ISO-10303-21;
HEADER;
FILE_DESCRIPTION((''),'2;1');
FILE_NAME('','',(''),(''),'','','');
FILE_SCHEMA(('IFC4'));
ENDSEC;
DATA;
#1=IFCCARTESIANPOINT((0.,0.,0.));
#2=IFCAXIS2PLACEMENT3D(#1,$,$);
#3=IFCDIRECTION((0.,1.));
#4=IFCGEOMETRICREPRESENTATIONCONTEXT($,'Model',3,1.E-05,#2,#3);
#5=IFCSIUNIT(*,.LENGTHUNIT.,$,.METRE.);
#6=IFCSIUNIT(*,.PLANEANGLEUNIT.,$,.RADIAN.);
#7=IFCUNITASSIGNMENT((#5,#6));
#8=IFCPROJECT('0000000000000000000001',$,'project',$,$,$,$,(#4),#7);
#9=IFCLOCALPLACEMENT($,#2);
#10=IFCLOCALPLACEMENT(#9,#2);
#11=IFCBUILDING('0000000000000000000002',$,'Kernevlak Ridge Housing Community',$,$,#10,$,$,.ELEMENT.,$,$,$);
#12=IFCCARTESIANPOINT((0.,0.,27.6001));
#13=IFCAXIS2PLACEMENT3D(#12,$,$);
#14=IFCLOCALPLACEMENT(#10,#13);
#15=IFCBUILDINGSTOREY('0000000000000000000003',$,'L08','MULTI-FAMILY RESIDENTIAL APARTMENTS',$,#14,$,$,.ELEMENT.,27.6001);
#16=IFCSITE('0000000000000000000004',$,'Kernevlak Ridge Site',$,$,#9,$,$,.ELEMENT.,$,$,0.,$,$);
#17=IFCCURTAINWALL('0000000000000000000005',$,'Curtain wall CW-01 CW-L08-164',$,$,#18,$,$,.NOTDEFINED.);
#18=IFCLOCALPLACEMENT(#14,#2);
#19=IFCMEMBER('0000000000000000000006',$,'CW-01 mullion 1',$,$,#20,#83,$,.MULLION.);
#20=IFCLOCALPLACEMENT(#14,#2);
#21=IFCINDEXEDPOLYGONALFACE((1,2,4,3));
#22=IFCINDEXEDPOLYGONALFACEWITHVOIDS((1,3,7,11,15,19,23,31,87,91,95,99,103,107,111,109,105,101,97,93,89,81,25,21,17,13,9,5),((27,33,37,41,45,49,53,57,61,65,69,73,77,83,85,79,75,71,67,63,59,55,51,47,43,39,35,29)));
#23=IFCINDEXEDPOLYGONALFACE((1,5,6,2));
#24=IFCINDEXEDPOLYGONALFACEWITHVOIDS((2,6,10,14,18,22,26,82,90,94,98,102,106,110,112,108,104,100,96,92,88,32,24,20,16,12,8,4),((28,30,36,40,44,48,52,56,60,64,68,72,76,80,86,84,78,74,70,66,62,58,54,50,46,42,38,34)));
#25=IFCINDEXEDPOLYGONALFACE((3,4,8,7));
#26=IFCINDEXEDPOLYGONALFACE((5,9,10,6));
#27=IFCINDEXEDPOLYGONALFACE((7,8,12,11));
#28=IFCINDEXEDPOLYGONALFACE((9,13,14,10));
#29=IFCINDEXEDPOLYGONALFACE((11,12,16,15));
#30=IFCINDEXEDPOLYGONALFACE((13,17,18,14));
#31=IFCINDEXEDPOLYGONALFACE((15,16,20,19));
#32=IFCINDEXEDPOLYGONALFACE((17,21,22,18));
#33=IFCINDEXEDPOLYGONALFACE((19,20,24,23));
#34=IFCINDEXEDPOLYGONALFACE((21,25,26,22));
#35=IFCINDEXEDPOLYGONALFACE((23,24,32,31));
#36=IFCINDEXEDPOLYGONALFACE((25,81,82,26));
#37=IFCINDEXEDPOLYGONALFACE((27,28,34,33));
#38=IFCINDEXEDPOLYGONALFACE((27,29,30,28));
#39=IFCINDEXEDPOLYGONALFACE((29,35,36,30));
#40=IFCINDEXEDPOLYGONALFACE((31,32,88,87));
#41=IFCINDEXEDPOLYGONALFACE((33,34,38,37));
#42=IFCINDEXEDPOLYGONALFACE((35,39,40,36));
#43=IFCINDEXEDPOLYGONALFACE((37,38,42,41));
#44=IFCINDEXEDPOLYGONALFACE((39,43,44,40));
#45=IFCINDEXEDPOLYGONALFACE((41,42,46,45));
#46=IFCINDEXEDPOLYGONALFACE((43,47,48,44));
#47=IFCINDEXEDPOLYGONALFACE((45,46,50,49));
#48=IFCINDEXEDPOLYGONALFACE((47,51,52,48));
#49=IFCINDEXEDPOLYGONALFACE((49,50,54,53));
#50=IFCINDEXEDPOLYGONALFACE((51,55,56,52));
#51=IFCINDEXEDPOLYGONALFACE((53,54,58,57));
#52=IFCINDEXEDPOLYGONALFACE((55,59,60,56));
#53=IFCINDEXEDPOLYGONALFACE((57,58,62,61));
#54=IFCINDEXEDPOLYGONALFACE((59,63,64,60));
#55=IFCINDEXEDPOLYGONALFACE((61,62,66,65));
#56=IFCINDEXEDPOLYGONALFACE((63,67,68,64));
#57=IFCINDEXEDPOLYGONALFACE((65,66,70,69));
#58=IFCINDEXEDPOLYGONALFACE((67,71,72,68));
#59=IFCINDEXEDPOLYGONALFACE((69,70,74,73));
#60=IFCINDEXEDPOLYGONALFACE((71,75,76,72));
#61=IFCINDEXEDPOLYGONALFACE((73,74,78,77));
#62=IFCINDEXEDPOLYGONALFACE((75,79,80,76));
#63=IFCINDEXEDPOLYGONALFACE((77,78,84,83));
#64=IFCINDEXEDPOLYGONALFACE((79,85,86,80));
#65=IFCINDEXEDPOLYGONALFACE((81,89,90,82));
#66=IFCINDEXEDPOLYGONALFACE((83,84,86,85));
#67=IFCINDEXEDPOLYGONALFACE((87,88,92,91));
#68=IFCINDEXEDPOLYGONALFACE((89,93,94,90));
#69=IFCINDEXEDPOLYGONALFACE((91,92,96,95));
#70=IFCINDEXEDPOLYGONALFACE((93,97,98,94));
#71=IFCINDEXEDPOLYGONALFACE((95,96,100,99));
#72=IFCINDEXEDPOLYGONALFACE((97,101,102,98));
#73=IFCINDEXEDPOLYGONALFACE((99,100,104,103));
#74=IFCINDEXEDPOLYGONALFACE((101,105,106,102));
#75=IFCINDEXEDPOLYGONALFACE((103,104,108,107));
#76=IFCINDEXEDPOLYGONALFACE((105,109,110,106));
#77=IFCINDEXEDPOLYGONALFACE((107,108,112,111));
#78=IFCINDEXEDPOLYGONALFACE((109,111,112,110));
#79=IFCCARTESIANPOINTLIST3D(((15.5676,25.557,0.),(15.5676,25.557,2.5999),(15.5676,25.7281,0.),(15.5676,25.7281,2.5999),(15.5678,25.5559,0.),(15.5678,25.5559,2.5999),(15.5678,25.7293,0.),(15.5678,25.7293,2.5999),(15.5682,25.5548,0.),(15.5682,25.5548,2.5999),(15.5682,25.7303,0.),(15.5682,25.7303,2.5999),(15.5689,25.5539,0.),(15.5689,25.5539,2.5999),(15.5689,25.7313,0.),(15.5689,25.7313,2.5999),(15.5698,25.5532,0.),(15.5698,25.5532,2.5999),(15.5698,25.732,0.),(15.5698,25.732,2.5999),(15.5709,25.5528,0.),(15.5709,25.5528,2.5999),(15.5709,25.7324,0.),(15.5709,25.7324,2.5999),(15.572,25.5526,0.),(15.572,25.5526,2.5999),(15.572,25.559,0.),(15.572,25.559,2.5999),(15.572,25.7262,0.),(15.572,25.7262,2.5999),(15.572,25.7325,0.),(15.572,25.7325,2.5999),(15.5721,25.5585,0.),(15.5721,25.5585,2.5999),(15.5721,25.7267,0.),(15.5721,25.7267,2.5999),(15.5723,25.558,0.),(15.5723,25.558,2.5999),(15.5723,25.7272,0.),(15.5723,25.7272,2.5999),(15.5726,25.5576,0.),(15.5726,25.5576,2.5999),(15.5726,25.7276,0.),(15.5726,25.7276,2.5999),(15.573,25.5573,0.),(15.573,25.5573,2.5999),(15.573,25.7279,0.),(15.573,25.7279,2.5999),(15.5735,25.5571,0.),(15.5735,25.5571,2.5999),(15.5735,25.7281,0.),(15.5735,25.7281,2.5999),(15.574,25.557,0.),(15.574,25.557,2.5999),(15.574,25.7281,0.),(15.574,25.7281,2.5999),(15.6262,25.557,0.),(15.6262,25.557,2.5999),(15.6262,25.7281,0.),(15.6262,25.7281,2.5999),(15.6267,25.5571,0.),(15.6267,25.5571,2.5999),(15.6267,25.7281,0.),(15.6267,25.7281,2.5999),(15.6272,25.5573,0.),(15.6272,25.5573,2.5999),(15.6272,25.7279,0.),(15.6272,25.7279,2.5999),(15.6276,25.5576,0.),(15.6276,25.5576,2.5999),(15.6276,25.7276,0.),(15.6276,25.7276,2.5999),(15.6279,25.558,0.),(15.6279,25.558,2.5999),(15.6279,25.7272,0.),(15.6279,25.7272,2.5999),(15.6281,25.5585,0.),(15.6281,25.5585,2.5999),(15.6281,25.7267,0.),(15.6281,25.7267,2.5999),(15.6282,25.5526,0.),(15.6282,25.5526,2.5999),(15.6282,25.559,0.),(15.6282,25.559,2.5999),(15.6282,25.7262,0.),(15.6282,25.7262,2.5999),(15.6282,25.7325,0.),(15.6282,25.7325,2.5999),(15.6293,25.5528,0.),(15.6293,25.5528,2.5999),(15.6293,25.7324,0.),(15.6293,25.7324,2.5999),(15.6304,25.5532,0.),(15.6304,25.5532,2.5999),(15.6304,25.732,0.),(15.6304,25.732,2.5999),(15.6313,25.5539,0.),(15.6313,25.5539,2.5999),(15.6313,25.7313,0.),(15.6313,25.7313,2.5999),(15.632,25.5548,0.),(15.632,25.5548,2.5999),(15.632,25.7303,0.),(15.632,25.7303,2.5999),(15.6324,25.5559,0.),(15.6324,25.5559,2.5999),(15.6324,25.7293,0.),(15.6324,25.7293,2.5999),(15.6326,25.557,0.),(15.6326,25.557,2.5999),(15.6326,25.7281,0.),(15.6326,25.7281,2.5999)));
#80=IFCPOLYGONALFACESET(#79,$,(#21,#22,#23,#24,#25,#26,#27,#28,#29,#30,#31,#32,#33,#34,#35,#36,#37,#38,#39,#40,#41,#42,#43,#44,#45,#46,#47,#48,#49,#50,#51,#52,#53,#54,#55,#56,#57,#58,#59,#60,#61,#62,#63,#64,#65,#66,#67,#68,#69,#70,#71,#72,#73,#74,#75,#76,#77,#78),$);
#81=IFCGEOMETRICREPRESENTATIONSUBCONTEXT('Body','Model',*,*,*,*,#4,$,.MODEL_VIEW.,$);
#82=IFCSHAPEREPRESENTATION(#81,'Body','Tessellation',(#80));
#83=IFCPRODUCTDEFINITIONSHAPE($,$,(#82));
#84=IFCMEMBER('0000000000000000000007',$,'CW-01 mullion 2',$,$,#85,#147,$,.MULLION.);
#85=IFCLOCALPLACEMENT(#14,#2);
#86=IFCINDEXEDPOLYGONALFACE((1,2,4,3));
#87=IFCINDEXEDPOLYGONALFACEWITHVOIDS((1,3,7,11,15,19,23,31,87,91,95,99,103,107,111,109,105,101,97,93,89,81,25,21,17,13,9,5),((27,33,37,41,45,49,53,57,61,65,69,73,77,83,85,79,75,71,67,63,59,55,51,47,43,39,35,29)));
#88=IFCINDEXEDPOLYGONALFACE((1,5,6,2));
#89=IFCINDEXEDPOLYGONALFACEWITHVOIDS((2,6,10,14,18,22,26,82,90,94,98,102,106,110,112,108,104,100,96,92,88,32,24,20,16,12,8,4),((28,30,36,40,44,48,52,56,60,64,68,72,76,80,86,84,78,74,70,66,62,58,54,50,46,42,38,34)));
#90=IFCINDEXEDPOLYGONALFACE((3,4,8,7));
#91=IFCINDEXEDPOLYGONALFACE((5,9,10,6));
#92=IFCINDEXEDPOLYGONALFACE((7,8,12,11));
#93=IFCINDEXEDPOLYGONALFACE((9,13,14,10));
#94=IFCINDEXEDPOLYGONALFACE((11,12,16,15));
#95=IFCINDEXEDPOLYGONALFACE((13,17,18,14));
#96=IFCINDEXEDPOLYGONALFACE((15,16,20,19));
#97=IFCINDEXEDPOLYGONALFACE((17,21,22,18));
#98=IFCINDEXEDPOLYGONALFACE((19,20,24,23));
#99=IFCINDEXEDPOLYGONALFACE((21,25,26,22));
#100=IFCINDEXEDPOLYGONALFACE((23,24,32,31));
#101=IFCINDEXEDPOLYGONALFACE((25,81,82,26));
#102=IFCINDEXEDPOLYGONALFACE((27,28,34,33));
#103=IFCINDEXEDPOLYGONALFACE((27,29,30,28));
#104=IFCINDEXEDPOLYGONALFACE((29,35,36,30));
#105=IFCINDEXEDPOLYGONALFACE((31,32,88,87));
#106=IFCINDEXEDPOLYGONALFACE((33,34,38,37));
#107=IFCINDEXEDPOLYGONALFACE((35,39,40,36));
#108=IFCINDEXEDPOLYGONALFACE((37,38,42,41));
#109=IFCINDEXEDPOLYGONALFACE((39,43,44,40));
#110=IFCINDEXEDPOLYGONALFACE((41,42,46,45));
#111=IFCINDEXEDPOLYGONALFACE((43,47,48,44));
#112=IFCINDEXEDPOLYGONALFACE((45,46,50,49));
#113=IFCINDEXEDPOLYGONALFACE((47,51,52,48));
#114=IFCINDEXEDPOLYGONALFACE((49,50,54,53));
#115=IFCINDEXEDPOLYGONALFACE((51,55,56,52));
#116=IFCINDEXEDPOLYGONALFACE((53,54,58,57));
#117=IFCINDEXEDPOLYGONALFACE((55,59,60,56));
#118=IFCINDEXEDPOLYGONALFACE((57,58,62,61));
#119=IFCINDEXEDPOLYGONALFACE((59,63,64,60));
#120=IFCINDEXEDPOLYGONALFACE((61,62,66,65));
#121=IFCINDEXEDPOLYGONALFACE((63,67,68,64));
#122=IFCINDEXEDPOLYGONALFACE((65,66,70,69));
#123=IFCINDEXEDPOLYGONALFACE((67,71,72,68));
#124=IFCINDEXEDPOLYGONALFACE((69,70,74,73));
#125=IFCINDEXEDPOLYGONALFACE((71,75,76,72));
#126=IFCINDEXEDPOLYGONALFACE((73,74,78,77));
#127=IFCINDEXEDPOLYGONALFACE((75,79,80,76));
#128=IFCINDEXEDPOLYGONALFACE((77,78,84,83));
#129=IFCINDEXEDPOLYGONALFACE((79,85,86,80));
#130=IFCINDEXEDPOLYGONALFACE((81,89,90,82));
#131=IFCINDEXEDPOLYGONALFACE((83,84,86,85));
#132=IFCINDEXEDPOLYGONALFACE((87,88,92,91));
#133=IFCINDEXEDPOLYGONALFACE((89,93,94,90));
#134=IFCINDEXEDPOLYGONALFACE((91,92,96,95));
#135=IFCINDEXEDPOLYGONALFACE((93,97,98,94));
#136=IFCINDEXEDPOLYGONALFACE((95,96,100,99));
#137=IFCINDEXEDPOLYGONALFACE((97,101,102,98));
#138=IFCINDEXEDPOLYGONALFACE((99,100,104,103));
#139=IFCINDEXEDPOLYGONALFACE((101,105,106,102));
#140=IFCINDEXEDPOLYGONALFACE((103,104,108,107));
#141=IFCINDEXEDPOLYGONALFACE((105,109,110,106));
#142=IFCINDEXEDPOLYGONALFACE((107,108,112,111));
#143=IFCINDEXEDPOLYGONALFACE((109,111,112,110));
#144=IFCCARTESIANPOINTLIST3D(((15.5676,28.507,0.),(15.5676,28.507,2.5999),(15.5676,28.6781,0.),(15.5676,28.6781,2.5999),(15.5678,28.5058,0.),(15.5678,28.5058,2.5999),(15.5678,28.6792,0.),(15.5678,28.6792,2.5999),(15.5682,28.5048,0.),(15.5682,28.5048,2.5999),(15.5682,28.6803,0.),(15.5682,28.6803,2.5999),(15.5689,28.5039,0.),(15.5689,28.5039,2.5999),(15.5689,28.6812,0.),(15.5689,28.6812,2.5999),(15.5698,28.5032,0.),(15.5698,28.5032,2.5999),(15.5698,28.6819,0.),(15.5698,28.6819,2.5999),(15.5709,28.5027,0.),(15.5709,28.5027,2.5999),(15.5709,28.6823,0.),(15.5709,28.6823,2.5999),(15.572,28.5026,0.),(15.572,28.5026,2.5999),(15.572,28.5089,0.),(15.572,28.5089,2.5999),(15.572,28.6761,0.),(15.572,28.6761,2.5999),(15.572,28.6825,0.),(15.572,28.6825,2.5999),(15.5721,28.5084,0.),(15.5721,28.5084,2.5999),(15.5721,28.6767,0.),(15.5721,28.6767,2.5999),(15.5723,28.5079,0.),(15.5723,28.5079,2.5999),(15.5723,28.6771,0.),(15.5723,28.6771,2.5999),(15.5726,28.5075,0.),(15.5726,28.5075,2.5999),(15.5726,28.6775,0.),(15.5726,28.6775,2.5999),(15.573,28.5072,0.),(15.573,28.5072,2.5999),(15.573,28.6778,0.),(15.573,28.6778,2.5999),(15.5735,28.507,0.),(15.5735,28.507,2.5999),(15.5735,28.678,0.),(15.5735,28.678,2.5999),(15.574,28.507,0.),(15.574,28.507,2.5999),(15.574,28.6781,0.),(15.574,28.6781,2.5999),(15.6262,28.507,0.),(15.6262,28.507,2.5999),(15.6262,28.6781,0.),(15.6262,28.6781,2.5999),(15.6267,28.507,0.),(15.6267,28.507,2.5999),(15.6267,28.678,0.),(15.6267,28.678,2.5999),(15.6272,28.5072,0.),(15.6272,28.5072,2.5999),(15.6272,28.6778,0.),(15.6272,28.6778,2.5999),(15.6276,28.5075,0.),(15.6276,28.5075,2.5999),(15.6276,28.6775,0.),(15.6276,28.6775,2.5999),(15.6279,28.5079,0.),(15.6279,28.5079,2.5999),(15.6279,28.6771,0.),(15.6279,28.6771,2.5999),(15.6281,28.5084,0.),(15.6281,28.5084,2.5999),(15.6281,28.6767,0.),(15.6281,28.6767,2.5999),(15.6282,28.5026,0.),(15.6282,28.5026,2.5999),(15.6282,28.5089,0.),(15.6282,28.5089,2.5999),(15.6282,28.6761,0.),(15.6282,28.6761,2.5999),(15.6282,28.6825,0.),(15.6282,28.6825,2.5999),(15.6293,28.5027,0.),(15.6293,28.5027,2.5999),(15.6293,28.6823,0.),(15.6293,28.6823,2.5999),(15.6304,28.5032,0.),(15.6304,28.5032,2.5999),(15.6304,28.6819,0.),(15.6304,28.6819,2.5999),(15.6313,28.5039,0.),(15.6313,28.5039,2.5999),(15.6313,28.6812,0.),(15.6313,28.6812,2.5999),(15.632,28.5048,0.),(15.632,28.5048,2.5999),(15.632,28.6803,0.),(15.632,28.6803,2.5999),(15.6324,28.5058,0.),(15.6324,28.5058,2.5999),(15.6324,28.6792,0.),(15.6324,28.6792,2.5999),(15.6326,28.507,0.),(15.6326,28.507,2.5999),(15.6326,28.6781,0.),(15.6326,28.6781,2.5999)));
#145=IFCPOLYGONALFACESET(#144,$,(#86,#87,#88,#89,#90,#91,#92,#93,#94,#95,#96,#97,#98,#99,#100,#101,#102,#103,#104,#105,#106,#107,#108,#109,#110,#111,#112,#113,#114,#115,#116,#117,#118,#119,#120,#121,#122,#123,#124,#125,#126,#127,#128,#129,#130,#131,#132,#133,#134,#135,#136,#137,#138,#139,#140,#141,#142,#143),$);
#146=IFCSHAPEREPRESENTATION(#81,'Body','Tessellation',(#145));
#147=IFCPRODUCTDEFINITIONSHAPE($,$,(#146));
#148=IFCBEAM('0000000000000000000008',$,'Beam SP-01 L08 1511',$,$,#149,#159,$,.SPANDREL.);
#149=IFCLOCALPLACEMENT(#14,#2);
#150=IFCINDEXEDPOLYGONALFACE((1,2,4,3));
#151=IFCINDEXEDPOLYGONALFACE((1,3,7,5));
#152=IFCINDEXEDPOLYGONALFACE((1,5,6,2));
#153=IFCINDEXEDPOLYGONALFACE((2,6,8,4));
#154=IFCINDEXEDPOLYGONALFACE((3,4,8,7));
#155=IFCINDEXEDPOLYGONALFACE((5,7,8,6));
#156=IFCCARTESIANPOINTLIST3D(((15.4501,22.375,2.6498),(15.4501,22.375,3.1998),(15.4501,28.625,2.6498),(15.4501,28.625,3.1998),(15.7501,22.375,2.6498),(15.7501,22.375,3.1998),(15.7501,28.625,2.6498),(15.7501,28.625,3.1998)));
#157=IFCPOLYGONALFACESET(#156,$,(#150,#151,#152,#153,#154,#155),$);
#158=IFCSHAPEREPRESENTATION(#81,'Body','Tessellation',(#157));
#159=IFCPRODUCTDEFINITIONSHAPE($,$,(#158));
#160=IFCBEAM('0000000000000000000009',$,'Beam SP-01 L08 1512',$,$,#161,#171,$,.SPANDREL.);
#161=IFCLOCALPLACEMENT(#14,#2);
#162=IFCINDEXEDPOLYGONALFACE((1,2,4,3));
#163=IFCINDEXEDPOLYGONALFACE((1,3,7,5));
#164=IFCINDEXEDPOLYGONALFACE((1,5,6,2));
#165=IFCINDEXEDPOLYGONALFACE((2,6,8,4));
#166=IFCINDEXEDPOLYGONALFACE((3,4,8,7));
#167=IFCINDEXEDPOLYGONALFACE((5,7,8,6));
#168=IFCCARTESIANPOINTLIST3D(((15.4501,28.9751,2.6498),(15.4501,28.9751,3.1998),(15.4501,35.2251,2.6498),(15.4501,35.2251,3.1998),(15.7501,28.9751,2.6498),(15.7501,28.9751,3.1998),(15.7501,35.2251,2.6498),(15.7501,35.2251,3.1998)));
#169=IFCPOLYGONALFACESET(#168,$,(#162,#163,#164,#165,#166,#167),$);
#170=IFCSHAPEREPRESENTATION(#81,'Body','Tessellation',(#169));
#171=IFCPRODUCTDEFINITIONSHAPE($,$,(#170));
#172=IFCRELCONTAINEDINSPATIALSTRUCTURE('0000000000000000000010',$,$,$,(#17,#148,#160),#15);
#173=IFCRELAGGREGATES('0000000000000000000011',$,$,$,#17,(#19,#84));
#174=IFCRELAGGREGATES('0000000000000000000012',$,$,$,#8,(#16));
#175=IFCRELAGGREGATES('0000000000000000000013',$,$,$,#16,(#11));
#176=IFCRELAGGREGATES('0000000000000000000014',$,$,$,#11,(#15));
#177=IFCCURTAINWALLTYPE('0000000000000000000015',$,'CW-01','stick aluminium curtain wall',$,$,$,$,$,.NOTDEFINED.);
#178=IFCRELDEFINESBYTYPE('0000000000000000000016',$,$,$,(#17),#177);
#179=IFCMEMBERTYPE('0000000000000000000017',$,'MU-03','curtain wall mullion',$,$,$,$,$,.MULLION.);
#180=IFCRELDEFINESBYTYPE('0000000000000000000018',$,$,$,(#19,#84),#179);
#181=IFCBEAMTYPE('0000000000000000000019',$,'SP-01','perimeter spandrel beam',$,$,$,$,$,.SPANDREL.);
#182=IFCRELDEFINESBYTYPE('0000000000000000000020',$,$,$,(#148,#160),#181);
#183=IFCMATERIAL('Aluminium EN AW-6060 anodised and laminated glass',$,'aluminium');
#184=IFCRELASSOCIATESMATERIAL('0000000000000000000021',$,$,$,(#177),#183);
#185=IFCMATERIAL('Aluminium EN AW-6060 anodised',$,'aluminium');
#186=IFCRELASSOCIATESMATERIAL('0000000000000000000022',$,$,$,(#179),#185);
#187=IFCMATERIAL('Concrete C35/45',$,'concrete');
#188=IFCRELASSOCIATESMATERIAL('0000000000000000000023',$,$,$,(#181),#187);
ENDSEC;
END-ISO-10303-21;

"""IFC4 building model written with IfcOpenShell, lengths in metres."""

from ifc_helpers import new_model, si_unit, direction, frame, origin, origin_2d, place, context, subcontext, project, spatial, rectangle, hollow_rectangle, extrude, material, material_profile, profile_set, type_object, element, aggregate, save


model = new_model("IFC4")

# Units and contexts
model_context = context("Model", 3, precision=1e-05, world=origin(), true_north=direction((0.0, 1.0)))
body_context = subcontext(model_context, "Body", "Model", "MODEL_VIEW")
ifc_project = project(units=[si_unit("LENGTHUNIT", "METRE"), si_unit("PLANEANGLEUNIT", "RADIAN")], contexts=[model_context])

# Site, building, storey
site_placement = place(None, origin())
site = spatial("IfcSite", under=ifc_project, at=site_placement, Name="Kernevlak Ridge Site", CompositionType="ELEMENT", RefElevation=0.0)
building_placement = place(site_placement, origin())
building = spatial("IfcBuilding", under=site, at=building_placement, Name="Kernevlak Ridge Housing Community", CompositionType="ELEMENT")
storey_placement = place(building_placement, frame((0.0, 0.0, 27.6001)))
storey = spatial("IfcBuildingStorey", under=building, at=storey_placement, Name="L08", Description="MULTI-FAMILY RESIDENTIAL APARTMENTS", CompositionType="ELEMENT", Elevation=27.6001)

# Shared definitions
ifc_material_1 = material(Name="Concrete C35/45", Category="concrete")

# Curtain wall, members
ifc_material_2 = material(Name="Aluminium EN AW-6060 anodised and laminated glass", Category="aluminium")
ifc_material_3 = material(Name="Aluminium EN AW-6060 anodised", Category="aluminium")
curtain_wall_type_1 = type_object("IfcCurtainWallType", Name="CW-01", Description="stick aluminium curtain wall", PredefinedType="NOTDEFINED", material=ifc_material_2)
curtain_wall_1_placement = place(storey_placement, origin())
curtain_wall_1 = element("IfcCurtainWall", 1, at=curtain_wall_1_placement, inside=storey, type_object=curtain_wall_type_1, Name="Curtain wall CW-01 CW-L08-164", PredefinedType="NOTDEFINED")
ifc_material_profile_1 = material_profile(ifc_material_3, hollow_rectangle(XDim=0.0649, YDim=0.1799, WallThickness=0.0044, InnerFilletRadius=0.002, OuterFilletRadius=0.0044, at=origin_2d()), Name="ALU 65x180x4.5")
ifc_profile_set_1 = profile_set([ifc_material_profile_1], Name="Aluminium EN AW-6060 anodised")
member_type_1 = type_object("IfcMemberType", Name="MU-03", Description="curtain wall mullion", PredefinedType="MULLION", material=ifc_profile_set_1)
member_1_placement = place(storey_placement, frame((15.6001, 25.6426, 0.0), z_axis=(0.0, 0.0, 1.0), x_axis=(-1.0, 0.0, 0.0)))
member_1 = element("IfcMember", 2, at=member_1_placement, type_object=member_type_1, Name="CW-01 mullion 1", PredefinedType="MULLION", context=body_context, shape_type="SweptSolid", body=[
    extrude(hollow_rectangle(XDim=0.0649, YDim=0.1799, WallThickness=0.0044, InnerFilletRadius=0.002, OuterFilletRadius=0.0044, at=origin_2d()), origin(), (0.0, 0.0, 1.0), 2.5999),
])
member_2_placement = place(storey_placement, frame((15.6001, 28.5925, 0.0), z_axis=(0.0, 0.0, 1.0), x_axis=(-1.0, 0.0, 0.0)))
member_2 = element("IfcMember", 3, at=member_2_placement, type_object=member_type_1, Name="CW-01 mullion 2", PredefinedType="MULLION", context=body_context, shape_type="SweptSolid", body=[
    extrude(hollow_rectangle(XDim=0.0649, YDim=0.1799, WallThickness=0.0044, InnerFilletRadius=0.002, OuterFilletRadius=0.0044, at=origin_2d()), origin(), (0.0, 0.0, 1.0), 2.5999),
])

# Beams
ifc_material_profile_2 = material_profile(ifc_material_1, rectangle(XDim=0.3, YDim=0.55, at=origin_2d()), Name="RC 300x550")
ifc_profile_set_2 = profile_set([ifc_material_profile_2], Name="Concrete C35/45")
beam_type_1 = type_object("IfcBeamType", Name="SP-01", Description="perimeter spandrel beam", PredefinedType="SPANDREL", material=ifc_profile_set_2)
for number, where, z_axis, x_axis, name in (
    (4, (15.6001, 22.375, 2.9248), (0.0, 1.0, 0.0), (-1.0, 0.0, 0.0), "Beam SP-01 L08 1511"),
    (5, (15.6001, 28.9751, 2.9248), (0.0, 1.0, 0.0), (-1.0, 0.0, 0.0), "Beam SP-01 L08 1512"),
):
    element("IfcBeam", number, at=place(storey_placement, frame(where, z_axis=z_axis, x_axis=x_axis)), inside=storey, type_object=beam_type_1, Name=name, PredefinedType="SPANDREL", context=body_context, shape_type="SweptSolid", body=[
        extrude(rectangle(XDim=0.3, YDim=0.55, at=origin_2d()), origin(), (0.0, 0.0, 1.0), 6.25),
    ])

aggregate(curtain_wall_1, [member_1, member_2])

save(model, "model.ifc")
